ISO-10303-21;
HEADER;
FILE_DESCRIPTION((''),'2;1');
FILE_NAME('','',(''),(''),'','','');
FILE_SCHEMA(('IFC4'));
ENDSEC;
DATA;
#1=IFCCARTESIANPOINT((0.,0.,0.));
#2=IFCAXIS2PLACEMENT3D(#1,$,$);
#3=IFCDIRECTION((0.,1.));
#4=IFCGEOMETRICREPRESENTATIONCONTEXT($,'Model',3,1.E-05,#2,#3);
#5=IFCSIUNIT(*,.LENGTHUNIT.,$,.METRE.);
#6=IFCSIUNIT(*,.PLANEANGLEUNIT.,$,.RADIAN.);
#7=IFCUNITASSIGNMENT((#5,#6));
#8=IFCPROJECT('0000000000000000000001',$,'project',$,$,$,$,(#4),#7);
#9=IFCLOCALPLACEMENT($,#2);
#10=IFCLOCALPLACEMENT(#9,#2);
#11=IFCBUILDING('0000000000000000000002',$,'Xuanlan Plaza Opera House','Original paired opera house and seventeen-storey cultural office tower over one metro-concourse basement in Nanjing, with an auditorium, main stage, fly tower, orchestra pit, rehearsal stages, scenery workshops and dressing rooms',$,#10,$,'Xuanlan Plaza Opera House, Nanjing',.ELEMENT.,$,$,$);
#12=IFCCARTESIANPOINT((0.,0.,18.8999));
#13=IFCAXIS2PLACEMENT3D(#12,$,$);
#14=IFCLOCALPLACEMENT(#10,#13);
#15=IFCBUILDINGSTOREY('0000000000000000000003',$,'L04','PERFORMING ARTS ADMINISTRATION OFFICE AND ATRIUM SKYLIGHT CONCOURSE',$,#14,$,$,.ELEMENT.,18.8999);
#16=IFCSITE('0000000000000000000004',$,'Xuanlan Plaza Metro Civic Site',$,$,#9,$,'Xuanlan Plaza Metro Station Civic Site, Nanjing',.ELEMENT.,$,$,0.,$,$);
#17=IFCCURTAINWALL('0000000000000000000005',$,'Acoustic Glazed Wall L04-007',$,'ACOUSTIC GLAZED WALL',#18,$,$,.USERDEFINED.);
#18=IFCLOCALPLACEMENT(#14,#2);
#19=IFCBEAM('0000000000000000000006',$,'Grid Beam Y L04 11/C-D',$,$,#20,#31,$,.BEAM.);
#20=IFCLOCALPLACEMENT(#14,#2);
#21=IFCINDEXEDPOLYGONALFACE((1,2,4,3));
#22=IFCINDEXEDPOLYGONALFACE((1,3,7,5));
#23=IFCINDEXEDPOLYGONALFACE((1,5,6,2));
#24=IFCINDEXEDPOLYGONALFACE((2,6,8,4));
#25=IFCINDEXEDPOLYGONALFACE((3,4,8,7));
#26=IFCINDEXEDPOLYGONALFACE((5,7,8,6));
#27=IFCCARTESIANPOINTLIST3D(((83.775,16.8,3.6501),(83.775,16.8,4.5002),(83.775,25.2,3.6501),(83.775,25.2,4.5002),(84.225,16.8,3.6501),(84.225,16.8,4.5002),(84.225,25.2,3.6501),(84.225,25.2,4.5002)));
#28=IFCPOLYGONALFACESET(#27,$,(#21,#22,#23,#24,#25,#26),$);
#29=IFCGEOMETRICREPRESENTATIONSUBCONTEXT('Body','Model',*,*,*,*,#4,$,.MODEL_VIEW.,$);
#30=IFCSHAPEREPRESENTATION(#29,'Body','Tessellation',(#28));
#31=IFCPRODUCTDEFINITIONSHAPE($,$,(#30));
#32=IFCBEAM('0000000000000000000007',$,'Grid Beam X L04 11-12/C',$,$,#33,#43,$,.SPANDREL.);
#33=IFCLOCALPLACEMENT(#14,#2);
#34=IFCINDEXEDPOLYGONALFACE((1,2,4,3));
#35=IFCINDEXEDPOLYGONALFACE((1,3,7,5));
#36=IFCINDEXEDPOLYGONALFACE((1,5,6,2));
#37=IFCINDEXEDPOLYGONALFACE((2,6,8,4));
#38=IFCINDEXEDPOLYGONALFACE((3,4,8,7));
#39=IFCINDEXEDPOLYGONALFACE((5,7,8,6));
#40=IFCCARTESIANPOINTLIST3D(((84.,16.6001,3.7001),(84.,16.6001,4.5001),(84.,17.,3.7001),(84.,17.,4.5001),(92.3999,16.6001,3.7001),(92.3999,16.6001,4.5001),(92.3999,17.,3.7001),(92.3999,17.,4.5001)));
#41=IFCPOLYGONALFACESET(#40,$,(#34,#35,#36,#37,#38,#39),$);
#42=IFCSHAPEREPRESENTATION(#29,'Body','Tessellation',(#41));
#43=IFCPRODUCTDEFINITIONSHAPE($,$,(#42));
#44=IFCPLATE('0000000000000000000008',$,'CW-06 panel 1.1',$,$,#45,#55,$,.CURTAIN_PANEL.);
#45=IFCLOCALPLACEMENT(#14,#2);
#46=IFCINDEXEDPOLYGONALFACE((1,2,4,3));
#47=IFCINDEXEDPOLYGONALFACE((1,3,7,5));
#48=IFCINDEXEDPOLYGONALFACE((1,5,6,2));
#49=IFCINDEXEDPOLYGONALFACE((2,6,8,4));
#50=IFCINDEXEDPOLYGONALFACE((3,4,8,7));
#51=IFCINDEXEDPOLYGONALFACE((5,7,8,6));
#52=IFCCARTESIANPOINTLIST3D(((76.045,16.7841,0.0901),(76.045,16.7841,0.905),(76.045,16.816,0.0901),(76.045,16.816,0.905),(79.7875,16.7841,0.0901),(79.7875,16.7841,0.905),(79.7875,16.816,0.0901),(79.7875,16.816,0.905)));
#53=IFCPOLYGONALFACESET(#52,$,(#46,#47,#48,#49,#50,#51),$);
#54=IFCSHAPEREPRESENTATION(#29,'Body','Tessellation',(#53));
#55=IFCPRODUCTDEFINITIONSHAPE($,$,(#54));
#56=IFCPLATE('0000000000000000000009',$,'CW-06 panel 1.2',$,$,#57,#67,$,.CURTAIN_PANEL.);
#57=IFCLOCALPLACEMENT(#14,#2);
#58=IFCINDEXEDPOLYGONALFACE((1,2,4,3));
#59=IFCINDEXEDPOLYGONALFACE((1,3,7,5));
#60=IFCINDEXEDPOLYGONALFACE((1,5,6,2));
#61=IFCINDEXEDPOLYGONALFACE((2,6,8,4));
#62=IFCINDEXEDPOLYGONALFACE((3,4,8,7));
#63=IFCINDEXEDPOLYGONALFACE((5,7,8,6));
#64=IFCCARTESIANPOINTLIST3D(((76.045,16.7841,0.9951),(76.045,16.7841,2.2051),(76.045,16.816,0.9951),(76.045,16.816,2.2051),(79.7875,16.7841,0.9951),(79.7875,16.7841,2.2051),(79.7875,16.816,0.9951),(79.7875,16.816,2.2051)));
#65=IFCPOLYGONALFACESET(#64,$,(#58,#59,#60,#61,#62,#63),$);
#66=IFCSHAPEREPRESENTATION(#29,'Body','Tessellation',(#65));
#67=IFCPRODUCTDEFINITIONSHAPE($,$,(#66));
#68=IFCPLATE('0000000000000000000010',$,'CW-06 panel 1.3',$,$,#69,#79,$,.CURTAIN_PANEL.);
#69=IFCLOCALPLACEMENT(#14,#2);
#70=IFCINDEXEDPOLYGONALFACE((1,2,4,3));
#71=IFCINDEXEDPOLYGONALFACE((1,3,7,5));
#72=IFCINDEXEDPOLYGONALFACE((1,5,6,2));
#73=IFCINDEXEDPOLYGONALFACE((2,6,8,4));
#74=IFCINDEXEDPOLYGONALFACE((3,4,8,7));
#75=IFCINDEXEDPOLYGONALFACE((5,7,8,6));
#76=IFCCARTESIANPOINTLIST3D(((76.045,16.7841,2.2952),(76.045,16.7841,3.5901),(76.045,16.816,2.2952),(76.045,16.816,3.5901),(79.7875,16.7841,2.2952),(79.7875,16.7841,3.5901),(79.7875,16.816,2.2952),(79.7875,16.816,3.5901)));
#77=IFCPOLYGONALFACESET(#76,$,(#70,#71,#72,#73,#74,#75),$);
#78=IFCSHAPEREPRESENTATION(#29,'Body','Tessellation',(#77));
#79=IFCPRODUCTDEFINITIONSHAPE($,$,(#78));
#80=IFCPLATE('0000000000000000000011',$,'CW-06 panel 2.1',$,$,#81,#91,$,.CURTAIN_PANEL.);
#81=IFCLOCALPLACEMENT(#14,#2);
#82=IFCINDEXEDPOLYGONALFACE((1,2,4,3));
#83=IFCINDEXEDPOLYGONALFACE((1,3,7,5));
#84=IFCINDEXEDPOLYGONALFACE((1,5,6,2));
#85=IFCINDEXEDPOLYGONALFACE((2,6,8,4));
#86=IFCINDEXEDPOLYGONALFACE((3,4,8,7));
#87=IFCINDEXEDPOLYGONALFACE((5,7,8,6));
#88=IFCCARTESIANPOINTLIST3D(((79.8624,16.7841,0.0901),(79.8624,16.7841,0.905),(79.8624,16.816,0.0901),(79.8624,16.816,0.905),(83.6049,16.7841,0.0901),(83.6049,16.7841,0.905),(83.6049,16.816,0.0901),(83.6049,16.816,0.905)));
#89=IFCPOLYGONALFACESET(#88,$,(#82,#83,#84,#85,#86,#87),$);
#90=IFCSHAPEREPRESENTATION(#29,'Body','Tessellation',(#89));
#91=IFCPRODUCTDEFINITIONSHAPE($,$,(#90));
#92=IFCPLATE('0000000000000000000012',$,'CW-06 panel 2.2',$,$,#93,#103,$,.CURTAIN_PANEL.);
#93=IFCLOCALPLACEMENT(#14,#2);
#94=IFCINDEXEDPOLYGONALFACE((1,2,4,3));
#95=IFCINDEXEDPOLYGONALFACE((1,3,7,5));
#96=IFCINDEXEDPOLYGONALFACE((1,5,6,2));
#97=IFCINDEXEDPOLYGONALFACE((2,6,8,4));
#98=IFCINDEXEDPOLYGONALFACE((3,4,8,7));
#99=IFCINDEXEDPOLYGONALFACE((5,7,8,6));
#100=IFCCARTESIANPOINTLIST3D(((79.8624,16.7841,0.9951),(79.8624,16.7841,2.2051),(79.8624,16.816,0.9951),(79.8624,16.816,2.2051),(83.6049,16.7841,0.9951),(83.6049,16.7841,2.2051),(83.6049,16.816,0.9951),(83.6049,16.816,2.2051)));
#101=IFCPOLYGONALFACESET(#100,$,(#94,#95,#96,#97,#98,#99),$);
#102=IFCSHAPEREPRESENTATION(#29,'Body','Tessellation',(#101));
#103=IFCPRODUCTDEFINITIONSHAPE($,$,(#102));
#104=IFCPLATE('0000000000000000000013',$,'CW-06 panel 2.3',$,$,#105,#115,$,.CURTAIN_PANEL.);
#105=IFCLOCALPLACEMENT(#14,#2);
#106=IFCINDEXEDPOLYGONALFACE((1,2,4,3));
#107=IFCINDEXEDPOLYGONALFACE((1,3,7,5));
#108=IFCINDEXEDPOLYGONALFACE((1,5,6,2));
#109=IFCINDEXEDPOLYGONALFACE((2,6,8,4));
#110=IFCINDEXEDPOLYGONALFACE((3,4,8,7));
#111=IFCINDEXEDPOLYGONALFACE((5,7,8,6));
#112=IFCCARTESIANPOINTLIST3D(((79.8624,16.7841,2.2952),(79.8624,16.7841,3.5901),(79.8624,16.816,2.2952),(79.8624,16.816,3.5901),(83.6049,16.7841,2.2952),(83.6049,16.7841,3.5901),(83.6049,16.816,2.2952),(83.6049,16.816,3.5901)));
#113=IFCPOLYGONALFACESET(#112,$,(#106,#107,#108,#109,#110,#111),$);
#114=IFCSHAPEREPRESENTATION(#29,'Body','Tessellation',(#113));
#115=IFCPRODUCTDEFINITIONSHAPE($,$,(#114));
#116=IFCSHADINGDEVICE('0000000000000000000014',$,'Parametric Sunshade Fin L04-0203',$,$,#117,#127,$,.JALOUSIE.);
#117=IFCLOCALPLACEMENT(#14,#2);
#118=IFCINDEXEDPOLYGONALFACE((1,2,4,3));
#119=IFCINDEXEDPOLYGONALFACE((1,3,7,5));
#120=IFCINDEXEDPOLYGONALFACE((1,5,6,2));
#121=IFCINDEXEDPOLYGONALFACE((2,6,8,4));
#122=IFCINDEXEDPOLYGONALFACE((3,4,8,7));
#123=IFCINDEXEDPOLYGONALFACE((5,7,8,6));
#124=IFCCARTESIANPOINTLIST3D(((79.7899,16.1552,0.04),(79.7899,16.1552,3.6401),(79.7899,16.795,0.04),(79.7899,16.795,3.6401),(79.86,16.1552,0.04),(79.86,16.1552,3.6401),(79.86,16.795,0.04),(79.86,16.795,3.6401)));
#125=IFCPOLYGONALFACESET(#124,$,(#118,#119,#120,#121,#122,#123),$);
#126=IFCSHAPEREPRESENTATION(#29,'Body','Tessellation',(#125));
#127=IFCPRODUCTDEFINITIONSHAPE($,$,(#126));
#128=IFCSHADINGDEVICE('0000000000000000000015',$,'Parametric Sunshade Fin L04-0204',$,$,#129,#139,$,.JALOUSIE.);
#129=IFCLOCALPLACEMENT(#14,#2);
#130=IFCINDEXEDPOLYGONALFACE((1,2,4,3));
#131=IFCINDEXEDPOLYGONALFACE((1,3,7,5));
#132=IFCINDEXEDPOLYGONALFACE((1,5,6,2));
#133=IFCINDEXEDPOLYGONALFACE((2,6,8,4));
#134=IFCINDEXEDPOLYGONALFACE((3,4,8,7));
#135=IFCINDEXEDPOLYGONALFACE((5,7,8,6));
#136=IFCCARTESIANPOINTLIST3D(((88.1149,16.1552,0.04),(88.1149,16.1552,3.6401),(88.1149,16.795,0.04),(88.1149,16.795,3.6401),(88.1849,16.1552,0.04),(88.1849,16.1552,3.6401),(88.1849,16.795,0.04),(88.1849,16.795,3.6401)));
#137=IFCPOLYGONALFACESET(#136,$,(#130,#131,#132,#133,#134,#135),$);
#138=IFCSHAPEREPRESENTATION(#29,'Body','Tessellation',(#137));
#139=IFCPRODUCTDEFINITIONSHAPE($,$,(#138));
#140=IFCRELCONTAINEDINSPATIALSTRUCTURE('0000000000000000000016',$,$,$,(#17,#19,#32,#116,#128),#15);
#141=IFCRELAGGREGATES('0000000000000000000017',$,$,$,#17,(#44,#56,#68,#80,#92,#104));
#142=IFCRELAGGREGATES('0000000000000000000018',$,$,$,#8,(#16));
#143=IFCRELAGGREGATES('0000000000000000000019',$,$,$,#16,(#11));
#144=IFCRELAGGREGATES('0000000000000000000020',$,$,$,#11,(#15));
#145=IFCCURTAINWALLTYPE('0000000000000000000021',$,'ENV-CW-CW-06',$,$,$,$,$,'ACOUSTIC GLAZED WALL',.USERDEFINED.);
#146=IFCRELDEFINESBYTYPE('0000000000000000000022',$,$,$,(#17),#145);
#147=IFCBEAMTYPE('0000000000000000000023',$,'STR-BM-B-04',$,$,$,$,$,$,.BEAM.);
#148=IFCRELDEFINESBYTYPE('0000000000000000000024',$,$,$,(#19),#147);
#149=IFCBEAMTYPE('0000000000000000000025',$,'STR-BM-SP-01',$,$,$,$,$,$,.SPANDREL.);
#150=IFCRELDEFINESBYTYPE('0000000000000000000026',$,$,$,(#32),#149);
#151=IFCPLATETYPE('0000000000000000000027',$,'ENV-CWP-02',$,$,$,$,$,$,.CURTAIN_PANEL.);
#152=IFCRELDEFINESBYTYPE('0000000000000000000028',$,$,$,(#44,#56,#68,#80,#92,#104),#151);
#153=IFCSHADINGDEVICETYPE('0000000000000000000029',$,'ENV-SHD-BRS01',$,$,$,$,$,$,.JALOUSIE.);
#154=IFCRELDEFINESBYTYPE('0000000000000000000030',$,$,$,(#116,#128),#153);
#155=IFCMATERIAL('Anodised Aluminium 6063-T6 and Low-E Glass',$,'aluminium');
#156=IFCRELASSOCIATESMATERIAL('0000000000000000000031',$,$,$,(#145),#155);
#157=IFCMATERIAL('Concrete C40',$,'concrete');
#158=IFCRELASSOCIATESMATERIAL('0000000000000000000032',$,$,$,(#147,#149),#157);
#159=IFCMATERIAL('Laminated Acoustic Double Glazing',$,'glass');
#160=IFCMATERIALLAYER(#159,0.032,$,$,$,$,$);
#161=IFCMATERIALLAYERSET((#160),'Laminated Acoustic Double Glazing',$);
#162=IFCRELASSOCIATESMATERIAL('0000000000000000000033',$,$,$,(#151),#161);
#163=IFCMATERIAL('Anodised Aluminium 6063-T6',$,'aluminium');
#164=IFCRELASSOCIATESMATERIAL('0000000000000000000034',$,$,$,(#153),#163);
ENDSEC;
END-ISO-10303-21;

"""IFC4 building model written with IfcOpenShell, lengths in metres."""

from ifc_helpers import new_model, si_unit, direction, frame, origin, origin_2d, place, context, subcontext, project, spatial, rectangle, extrude, material, layer, layer_set, material_profile, profile_set, type_object, element, aggregate, save


model = new_model("IFC4")

# Units and contexts
model_context = context("Model", 3, precision=1e-05, world=origin(), true_north=direction((0.0, 1.0)))
body_context = subcontext(model_context, "Body", "Model", "MODEL_VIEW")
ifc_project = project(units=[si_unit("LENGTHUNIT", "METRE"), si_unit("PLANEANGLEUNIT", "RADIAN")], contexts=[model_context])

# Site, building, storey
site_placement = place(None, origin())
site = spatial("IfcSite", under=ifc_project, at=site_placement, Name="Xuanlan Plaza Metro Civic Site", LongName="Xuanlan Plaza Metro Station Civic Site, Nanjing", CompositionType="ELEMENT", RefElevation=0.0)
building_placement = place(site_placement, origin())
building = spatial("IfcBuilding", under=site, at=building_placement, Name="Xuanlan Plaza Opera House", Description="Original paired opera house and seventeen-storey cultural office tower over one metro-concourse basement in Nanjing, with an auditorium, main stage, fly tower, orchestra pit, rehearsal stages, scenery workshops and dressing rooms", LongName="Xuanlan Plaza Opera House, Nanjing", CompositionType="ELEMENT")
storey_placement = place(building_placement, frame((0.0, 0.0, 18.8999)))
storey = spatial("IfcBuildingStorey", under=building, at=storey_placement, Name="L04", Description="PERFORMING ARTS ADMINISTRATION OFFICE AND ATRIUM SKYLIGHT CONCOURSE", CompositionType="ELEMENT", Elevation=18.8999)

# Shared definitions
ifc_material_1 = material(Name="Concrete C40", Category="concrete")

# Curtain wall
ifc_material_2 = material(Name="Anodised Aluminium 6063-T6 and Low-E Glass", Category="aluminium")
curtain_wall_type_1 = type_object("IfcCurtainWallType", Name="ENV-CW-CW-06", ElementType="ACOUSTIC GLAZED WALL", PredefinedType="USERDEFINED", material=ifc_material_2)
curtain_wall_1_placement = place(storey_placement, origin())
curtain_wall_1 = element("IfcCurtainWall", 1, at=curtain_wall_1_placement, inside=storey, type_object=curtain_wall_type_1, Name="Acoustic Glazed Wall L04-007", ObjectType="ACOUSTIC GLAZED WALL", PredefinedType="USERDEFINED")
ifc_material_3 = material(Name="Anodised Aluminium 6063-T6", Category="aluminium")

# Beams
ifc_material_profile_1 = material_profile(ifc_material_1, rectangle(XDim=0.45, YDim=0.8501, at=origin_2d()), Name="RC-BM 450x850")
ifc_profile_set_1 = profile_set([ifc_material_profile_1], Name="Concrete C40")
beam_type_1 = type_object("IfcBeamType", Name="STR-BM-B-04", PredefinedType="BEAM", material=ifc_profile_set_1)
beam_1_placement = place(storey_placement, frame((84.0, 16.8, 4.0752), z_axis=(0.0, 1.0, 0.0), x_axis=(-1.0, 0.0, 0.0)))
element("IfcBeam", 2, at=beam_1_placement, inside=storey, type_object=beam_type_1, Name="Grid Beam Y L04 11/C-D", PredefinedType="BEAM", context=body_context, shape_type="SweptSolid", body=[
    extrude(rectangle(XDim=0.45, YDim=0.8501, at=origin_2d()), origin(), (0.0, 0.0, 1.0), 8.3999),
])
ifc_material_profile_2 = material_profile(ifc_material_1, rectangle(XDim=0.3999, YDim=0.8, at=origin_2d()), Name="RC-SPD 400x800")
ifc_profile_set_2 = profile_set([ifc_material_profile_2], Name="Concrete C40")
beam_type_2 = type_object("IfcBeamType", Name="STR-BM-SP-01", PredefinedType="SPANDREL", material=ifc_profile_set_2)
beam_2_placement = place(storey_placement, frame((84.0, 16.8, 4.1001), z_axis=(1.0, 0.0, 0.0), x_axis=(0.0, 1.0, 0.0)))
element("IfcBeam", 3, at=beam_2_placement, inside=storey, type_object=beam_type_2, Name="Grid Beam X L04 11-12/C", PredefinedType="SPANDREL", context=body_context, shape_type="SweptSolid", body=[
    extrude(rectangle(XDim=0.3999, YDim=0.8, at=origin_2d()), origin(), (0.0, 0.0, 1.0), 8.3999),
])

# Plates
ifc_material_4 = material(Name="Laminated Acoustic Double Glazing", Category="glass")
ifc_layer = layer(ifc_material_4, 0.032)
ifc_layer_set = layer_set([ifc_layer], Name="Laminated Acoustic Double Glazing")
plate_type = type_object("IfcPlateType", Name="ENV-CWP-02", PredefinedType="CURTAIN_PANEL", material=ifc_layer_set)
plate_1_placement = place(storey_placement, frame((77.9163, 16.8, 0.0901), z_axis=(0.0, 0.0, 1.0), x_axis=(1.0, 0.0, 0.0)))
plate_1 = element("IfcPlate", 4, at=plate_1_placement, type_object=plate_type, Name="CW-06 panel 1.1", PredefinedType="CURTAIN_PANEL", context=body_context, shape_type="SweptSolid", body=[
    extrude(rectangle(XDim=3.7424, YDim=0.032, at=origin_2d()), origin(), (0.0, 0.0, 1.0), 0.8149),
])
plate_2_placement = place(storey_placement, frame((77.9163, 16.8, 0.9951), z_axis=(0.0, 0.0, 1.0), x_axis=(1.0, 0.0, 0.0)))
plate_2 = element("IfcPlate", 5, at=plate_2_placement, type_object=plate_type, Name="CW-06 panel 1.2", PredefinedType="CURTAIN_PANEL", context=body_context, shape_type="SweptSolid", body=[
    extrude(rectangle(XDim=3.7424, YDim=0.032, at=origin_2d()), origin(), (0.0, 0.0, 1.0), 1.21),
])
plate_3_placement = place(storey_placement, frame((77.9163, 16.8, 2.2952), z_axis=(0.0, 0.0, 1.0), x_axis=(1.0, 0.0, 0.0)))
plate_3 = element("IfcPlate", 6, at=plate_3_placement, type_object=plate_type, Name="CW-06 panel 1.3", PredefinedType="CURTAIN_PANEL", context=body_context, shape_type="SweptSolid", body=[
    extrude(rectangle(XDim=3.7424, YDim=0.032, at=origin_2d()), origin(), (0.0, 0.0, 1.0), 1.2949),
])
plate_4_placement = place(storey_placement, frame((81.7336, 16.8, 0.0901), z_axis=(0.0, 0.0, 1.0), x_axis=(1.0, 0.0, 0.0)))
plate_4 = element("IfcPlate", 7, at=plate_4_placement, type_object=plate_type, Name="CW-06 panel 2.1", PredefinedType="CURTAIN_PANEL", context=body_context, shape_type="SweptSolid", body=[
    extrude(rectangle(XDim=3.7424, YDim=0.032, at=origin_2d()), origin(), (0.0, 0.0, 1.0), 0.8149),
])
plate_5_placement = place(storey_placement, frame((81.7336, 16.8, 0.9951), z_axis=(0.0, 0.0, 1.0), x_axis=(1.0, 0.0, 0.0)))
plate_5 = element("IfcPlate", 8, at=plate_5_placement, type_object=plate_type, Name="CW-06 panel 2.2", PredefinedType="CURTAIN_PANEL", context=body_context, shape_type="SweptSolid", body=[
    extrude(rectangle(XDim=3.7424, YDim=0.032, at=origin_2d()), origin(), (0.0, 0.0, 1.0), 1.21),
])
plate_6_placement = place(storey_placement, frame((81.7336, 16.8, 2.2952), z_axis=(0.0, 0.0, 1.0), x_axis=(1.0, 0.0, 0.0)))
plate_6 = element("IfcPlate", 9, at=plate_6_placement, type_object=plate_type, Name="CW-06 panel 2.3", PredefinedType="CURTAIN_PANEL", context=body_context, shape_type="SweptSolid", body=[
    extrude(rectangle(XDim=3.7424, YDim=0.032, at=origin_2d()), origin(), (0.0, 0.0, 1.0), 1.2949),
])
aggregate(curtain_wall_1, [plate_1, plate_2, plate_3, plate_4, plate_5, plate_6])

# Shading devices
shading_device_type = type_object("IfcShadingDeviceType", Name="ENV-SHD-BRS01", PredefinedType="JALOUSIE", material=ifc_material_3)
for number, where, z_axis, x_axis, name in (
    (10, (79.825, 16.4751, 0.04), (0.0, 0.0, 1.0), (0.0, -1.0, 0.0), "Parametric Sunshade Fin L04-0203"),
    (11, (88.1499, 16.4751, 0.04), (0.0, 0.0, 1.0), (0.0, -1.0, 0.0), "Parametric Sunshade Fin L04-0204"),
):
    element("IfcShadingDevice", number, at=place(storey_placement, frame(where, z_axis=z_axis, x_axis=x_axis)), inside=storey, type_object=shading_device_type, Name=name, PredefinedType="JALOUSIE", context=body_context, shape_type="SweptSolid", body=[
        extrude(rectangle(XDim=0.6399, YDim=0.0701, at=origin_2d()), origin(), (0.0, 0.0, 1.0), 3.6001),
    ])

save(model, "model.ifc")
